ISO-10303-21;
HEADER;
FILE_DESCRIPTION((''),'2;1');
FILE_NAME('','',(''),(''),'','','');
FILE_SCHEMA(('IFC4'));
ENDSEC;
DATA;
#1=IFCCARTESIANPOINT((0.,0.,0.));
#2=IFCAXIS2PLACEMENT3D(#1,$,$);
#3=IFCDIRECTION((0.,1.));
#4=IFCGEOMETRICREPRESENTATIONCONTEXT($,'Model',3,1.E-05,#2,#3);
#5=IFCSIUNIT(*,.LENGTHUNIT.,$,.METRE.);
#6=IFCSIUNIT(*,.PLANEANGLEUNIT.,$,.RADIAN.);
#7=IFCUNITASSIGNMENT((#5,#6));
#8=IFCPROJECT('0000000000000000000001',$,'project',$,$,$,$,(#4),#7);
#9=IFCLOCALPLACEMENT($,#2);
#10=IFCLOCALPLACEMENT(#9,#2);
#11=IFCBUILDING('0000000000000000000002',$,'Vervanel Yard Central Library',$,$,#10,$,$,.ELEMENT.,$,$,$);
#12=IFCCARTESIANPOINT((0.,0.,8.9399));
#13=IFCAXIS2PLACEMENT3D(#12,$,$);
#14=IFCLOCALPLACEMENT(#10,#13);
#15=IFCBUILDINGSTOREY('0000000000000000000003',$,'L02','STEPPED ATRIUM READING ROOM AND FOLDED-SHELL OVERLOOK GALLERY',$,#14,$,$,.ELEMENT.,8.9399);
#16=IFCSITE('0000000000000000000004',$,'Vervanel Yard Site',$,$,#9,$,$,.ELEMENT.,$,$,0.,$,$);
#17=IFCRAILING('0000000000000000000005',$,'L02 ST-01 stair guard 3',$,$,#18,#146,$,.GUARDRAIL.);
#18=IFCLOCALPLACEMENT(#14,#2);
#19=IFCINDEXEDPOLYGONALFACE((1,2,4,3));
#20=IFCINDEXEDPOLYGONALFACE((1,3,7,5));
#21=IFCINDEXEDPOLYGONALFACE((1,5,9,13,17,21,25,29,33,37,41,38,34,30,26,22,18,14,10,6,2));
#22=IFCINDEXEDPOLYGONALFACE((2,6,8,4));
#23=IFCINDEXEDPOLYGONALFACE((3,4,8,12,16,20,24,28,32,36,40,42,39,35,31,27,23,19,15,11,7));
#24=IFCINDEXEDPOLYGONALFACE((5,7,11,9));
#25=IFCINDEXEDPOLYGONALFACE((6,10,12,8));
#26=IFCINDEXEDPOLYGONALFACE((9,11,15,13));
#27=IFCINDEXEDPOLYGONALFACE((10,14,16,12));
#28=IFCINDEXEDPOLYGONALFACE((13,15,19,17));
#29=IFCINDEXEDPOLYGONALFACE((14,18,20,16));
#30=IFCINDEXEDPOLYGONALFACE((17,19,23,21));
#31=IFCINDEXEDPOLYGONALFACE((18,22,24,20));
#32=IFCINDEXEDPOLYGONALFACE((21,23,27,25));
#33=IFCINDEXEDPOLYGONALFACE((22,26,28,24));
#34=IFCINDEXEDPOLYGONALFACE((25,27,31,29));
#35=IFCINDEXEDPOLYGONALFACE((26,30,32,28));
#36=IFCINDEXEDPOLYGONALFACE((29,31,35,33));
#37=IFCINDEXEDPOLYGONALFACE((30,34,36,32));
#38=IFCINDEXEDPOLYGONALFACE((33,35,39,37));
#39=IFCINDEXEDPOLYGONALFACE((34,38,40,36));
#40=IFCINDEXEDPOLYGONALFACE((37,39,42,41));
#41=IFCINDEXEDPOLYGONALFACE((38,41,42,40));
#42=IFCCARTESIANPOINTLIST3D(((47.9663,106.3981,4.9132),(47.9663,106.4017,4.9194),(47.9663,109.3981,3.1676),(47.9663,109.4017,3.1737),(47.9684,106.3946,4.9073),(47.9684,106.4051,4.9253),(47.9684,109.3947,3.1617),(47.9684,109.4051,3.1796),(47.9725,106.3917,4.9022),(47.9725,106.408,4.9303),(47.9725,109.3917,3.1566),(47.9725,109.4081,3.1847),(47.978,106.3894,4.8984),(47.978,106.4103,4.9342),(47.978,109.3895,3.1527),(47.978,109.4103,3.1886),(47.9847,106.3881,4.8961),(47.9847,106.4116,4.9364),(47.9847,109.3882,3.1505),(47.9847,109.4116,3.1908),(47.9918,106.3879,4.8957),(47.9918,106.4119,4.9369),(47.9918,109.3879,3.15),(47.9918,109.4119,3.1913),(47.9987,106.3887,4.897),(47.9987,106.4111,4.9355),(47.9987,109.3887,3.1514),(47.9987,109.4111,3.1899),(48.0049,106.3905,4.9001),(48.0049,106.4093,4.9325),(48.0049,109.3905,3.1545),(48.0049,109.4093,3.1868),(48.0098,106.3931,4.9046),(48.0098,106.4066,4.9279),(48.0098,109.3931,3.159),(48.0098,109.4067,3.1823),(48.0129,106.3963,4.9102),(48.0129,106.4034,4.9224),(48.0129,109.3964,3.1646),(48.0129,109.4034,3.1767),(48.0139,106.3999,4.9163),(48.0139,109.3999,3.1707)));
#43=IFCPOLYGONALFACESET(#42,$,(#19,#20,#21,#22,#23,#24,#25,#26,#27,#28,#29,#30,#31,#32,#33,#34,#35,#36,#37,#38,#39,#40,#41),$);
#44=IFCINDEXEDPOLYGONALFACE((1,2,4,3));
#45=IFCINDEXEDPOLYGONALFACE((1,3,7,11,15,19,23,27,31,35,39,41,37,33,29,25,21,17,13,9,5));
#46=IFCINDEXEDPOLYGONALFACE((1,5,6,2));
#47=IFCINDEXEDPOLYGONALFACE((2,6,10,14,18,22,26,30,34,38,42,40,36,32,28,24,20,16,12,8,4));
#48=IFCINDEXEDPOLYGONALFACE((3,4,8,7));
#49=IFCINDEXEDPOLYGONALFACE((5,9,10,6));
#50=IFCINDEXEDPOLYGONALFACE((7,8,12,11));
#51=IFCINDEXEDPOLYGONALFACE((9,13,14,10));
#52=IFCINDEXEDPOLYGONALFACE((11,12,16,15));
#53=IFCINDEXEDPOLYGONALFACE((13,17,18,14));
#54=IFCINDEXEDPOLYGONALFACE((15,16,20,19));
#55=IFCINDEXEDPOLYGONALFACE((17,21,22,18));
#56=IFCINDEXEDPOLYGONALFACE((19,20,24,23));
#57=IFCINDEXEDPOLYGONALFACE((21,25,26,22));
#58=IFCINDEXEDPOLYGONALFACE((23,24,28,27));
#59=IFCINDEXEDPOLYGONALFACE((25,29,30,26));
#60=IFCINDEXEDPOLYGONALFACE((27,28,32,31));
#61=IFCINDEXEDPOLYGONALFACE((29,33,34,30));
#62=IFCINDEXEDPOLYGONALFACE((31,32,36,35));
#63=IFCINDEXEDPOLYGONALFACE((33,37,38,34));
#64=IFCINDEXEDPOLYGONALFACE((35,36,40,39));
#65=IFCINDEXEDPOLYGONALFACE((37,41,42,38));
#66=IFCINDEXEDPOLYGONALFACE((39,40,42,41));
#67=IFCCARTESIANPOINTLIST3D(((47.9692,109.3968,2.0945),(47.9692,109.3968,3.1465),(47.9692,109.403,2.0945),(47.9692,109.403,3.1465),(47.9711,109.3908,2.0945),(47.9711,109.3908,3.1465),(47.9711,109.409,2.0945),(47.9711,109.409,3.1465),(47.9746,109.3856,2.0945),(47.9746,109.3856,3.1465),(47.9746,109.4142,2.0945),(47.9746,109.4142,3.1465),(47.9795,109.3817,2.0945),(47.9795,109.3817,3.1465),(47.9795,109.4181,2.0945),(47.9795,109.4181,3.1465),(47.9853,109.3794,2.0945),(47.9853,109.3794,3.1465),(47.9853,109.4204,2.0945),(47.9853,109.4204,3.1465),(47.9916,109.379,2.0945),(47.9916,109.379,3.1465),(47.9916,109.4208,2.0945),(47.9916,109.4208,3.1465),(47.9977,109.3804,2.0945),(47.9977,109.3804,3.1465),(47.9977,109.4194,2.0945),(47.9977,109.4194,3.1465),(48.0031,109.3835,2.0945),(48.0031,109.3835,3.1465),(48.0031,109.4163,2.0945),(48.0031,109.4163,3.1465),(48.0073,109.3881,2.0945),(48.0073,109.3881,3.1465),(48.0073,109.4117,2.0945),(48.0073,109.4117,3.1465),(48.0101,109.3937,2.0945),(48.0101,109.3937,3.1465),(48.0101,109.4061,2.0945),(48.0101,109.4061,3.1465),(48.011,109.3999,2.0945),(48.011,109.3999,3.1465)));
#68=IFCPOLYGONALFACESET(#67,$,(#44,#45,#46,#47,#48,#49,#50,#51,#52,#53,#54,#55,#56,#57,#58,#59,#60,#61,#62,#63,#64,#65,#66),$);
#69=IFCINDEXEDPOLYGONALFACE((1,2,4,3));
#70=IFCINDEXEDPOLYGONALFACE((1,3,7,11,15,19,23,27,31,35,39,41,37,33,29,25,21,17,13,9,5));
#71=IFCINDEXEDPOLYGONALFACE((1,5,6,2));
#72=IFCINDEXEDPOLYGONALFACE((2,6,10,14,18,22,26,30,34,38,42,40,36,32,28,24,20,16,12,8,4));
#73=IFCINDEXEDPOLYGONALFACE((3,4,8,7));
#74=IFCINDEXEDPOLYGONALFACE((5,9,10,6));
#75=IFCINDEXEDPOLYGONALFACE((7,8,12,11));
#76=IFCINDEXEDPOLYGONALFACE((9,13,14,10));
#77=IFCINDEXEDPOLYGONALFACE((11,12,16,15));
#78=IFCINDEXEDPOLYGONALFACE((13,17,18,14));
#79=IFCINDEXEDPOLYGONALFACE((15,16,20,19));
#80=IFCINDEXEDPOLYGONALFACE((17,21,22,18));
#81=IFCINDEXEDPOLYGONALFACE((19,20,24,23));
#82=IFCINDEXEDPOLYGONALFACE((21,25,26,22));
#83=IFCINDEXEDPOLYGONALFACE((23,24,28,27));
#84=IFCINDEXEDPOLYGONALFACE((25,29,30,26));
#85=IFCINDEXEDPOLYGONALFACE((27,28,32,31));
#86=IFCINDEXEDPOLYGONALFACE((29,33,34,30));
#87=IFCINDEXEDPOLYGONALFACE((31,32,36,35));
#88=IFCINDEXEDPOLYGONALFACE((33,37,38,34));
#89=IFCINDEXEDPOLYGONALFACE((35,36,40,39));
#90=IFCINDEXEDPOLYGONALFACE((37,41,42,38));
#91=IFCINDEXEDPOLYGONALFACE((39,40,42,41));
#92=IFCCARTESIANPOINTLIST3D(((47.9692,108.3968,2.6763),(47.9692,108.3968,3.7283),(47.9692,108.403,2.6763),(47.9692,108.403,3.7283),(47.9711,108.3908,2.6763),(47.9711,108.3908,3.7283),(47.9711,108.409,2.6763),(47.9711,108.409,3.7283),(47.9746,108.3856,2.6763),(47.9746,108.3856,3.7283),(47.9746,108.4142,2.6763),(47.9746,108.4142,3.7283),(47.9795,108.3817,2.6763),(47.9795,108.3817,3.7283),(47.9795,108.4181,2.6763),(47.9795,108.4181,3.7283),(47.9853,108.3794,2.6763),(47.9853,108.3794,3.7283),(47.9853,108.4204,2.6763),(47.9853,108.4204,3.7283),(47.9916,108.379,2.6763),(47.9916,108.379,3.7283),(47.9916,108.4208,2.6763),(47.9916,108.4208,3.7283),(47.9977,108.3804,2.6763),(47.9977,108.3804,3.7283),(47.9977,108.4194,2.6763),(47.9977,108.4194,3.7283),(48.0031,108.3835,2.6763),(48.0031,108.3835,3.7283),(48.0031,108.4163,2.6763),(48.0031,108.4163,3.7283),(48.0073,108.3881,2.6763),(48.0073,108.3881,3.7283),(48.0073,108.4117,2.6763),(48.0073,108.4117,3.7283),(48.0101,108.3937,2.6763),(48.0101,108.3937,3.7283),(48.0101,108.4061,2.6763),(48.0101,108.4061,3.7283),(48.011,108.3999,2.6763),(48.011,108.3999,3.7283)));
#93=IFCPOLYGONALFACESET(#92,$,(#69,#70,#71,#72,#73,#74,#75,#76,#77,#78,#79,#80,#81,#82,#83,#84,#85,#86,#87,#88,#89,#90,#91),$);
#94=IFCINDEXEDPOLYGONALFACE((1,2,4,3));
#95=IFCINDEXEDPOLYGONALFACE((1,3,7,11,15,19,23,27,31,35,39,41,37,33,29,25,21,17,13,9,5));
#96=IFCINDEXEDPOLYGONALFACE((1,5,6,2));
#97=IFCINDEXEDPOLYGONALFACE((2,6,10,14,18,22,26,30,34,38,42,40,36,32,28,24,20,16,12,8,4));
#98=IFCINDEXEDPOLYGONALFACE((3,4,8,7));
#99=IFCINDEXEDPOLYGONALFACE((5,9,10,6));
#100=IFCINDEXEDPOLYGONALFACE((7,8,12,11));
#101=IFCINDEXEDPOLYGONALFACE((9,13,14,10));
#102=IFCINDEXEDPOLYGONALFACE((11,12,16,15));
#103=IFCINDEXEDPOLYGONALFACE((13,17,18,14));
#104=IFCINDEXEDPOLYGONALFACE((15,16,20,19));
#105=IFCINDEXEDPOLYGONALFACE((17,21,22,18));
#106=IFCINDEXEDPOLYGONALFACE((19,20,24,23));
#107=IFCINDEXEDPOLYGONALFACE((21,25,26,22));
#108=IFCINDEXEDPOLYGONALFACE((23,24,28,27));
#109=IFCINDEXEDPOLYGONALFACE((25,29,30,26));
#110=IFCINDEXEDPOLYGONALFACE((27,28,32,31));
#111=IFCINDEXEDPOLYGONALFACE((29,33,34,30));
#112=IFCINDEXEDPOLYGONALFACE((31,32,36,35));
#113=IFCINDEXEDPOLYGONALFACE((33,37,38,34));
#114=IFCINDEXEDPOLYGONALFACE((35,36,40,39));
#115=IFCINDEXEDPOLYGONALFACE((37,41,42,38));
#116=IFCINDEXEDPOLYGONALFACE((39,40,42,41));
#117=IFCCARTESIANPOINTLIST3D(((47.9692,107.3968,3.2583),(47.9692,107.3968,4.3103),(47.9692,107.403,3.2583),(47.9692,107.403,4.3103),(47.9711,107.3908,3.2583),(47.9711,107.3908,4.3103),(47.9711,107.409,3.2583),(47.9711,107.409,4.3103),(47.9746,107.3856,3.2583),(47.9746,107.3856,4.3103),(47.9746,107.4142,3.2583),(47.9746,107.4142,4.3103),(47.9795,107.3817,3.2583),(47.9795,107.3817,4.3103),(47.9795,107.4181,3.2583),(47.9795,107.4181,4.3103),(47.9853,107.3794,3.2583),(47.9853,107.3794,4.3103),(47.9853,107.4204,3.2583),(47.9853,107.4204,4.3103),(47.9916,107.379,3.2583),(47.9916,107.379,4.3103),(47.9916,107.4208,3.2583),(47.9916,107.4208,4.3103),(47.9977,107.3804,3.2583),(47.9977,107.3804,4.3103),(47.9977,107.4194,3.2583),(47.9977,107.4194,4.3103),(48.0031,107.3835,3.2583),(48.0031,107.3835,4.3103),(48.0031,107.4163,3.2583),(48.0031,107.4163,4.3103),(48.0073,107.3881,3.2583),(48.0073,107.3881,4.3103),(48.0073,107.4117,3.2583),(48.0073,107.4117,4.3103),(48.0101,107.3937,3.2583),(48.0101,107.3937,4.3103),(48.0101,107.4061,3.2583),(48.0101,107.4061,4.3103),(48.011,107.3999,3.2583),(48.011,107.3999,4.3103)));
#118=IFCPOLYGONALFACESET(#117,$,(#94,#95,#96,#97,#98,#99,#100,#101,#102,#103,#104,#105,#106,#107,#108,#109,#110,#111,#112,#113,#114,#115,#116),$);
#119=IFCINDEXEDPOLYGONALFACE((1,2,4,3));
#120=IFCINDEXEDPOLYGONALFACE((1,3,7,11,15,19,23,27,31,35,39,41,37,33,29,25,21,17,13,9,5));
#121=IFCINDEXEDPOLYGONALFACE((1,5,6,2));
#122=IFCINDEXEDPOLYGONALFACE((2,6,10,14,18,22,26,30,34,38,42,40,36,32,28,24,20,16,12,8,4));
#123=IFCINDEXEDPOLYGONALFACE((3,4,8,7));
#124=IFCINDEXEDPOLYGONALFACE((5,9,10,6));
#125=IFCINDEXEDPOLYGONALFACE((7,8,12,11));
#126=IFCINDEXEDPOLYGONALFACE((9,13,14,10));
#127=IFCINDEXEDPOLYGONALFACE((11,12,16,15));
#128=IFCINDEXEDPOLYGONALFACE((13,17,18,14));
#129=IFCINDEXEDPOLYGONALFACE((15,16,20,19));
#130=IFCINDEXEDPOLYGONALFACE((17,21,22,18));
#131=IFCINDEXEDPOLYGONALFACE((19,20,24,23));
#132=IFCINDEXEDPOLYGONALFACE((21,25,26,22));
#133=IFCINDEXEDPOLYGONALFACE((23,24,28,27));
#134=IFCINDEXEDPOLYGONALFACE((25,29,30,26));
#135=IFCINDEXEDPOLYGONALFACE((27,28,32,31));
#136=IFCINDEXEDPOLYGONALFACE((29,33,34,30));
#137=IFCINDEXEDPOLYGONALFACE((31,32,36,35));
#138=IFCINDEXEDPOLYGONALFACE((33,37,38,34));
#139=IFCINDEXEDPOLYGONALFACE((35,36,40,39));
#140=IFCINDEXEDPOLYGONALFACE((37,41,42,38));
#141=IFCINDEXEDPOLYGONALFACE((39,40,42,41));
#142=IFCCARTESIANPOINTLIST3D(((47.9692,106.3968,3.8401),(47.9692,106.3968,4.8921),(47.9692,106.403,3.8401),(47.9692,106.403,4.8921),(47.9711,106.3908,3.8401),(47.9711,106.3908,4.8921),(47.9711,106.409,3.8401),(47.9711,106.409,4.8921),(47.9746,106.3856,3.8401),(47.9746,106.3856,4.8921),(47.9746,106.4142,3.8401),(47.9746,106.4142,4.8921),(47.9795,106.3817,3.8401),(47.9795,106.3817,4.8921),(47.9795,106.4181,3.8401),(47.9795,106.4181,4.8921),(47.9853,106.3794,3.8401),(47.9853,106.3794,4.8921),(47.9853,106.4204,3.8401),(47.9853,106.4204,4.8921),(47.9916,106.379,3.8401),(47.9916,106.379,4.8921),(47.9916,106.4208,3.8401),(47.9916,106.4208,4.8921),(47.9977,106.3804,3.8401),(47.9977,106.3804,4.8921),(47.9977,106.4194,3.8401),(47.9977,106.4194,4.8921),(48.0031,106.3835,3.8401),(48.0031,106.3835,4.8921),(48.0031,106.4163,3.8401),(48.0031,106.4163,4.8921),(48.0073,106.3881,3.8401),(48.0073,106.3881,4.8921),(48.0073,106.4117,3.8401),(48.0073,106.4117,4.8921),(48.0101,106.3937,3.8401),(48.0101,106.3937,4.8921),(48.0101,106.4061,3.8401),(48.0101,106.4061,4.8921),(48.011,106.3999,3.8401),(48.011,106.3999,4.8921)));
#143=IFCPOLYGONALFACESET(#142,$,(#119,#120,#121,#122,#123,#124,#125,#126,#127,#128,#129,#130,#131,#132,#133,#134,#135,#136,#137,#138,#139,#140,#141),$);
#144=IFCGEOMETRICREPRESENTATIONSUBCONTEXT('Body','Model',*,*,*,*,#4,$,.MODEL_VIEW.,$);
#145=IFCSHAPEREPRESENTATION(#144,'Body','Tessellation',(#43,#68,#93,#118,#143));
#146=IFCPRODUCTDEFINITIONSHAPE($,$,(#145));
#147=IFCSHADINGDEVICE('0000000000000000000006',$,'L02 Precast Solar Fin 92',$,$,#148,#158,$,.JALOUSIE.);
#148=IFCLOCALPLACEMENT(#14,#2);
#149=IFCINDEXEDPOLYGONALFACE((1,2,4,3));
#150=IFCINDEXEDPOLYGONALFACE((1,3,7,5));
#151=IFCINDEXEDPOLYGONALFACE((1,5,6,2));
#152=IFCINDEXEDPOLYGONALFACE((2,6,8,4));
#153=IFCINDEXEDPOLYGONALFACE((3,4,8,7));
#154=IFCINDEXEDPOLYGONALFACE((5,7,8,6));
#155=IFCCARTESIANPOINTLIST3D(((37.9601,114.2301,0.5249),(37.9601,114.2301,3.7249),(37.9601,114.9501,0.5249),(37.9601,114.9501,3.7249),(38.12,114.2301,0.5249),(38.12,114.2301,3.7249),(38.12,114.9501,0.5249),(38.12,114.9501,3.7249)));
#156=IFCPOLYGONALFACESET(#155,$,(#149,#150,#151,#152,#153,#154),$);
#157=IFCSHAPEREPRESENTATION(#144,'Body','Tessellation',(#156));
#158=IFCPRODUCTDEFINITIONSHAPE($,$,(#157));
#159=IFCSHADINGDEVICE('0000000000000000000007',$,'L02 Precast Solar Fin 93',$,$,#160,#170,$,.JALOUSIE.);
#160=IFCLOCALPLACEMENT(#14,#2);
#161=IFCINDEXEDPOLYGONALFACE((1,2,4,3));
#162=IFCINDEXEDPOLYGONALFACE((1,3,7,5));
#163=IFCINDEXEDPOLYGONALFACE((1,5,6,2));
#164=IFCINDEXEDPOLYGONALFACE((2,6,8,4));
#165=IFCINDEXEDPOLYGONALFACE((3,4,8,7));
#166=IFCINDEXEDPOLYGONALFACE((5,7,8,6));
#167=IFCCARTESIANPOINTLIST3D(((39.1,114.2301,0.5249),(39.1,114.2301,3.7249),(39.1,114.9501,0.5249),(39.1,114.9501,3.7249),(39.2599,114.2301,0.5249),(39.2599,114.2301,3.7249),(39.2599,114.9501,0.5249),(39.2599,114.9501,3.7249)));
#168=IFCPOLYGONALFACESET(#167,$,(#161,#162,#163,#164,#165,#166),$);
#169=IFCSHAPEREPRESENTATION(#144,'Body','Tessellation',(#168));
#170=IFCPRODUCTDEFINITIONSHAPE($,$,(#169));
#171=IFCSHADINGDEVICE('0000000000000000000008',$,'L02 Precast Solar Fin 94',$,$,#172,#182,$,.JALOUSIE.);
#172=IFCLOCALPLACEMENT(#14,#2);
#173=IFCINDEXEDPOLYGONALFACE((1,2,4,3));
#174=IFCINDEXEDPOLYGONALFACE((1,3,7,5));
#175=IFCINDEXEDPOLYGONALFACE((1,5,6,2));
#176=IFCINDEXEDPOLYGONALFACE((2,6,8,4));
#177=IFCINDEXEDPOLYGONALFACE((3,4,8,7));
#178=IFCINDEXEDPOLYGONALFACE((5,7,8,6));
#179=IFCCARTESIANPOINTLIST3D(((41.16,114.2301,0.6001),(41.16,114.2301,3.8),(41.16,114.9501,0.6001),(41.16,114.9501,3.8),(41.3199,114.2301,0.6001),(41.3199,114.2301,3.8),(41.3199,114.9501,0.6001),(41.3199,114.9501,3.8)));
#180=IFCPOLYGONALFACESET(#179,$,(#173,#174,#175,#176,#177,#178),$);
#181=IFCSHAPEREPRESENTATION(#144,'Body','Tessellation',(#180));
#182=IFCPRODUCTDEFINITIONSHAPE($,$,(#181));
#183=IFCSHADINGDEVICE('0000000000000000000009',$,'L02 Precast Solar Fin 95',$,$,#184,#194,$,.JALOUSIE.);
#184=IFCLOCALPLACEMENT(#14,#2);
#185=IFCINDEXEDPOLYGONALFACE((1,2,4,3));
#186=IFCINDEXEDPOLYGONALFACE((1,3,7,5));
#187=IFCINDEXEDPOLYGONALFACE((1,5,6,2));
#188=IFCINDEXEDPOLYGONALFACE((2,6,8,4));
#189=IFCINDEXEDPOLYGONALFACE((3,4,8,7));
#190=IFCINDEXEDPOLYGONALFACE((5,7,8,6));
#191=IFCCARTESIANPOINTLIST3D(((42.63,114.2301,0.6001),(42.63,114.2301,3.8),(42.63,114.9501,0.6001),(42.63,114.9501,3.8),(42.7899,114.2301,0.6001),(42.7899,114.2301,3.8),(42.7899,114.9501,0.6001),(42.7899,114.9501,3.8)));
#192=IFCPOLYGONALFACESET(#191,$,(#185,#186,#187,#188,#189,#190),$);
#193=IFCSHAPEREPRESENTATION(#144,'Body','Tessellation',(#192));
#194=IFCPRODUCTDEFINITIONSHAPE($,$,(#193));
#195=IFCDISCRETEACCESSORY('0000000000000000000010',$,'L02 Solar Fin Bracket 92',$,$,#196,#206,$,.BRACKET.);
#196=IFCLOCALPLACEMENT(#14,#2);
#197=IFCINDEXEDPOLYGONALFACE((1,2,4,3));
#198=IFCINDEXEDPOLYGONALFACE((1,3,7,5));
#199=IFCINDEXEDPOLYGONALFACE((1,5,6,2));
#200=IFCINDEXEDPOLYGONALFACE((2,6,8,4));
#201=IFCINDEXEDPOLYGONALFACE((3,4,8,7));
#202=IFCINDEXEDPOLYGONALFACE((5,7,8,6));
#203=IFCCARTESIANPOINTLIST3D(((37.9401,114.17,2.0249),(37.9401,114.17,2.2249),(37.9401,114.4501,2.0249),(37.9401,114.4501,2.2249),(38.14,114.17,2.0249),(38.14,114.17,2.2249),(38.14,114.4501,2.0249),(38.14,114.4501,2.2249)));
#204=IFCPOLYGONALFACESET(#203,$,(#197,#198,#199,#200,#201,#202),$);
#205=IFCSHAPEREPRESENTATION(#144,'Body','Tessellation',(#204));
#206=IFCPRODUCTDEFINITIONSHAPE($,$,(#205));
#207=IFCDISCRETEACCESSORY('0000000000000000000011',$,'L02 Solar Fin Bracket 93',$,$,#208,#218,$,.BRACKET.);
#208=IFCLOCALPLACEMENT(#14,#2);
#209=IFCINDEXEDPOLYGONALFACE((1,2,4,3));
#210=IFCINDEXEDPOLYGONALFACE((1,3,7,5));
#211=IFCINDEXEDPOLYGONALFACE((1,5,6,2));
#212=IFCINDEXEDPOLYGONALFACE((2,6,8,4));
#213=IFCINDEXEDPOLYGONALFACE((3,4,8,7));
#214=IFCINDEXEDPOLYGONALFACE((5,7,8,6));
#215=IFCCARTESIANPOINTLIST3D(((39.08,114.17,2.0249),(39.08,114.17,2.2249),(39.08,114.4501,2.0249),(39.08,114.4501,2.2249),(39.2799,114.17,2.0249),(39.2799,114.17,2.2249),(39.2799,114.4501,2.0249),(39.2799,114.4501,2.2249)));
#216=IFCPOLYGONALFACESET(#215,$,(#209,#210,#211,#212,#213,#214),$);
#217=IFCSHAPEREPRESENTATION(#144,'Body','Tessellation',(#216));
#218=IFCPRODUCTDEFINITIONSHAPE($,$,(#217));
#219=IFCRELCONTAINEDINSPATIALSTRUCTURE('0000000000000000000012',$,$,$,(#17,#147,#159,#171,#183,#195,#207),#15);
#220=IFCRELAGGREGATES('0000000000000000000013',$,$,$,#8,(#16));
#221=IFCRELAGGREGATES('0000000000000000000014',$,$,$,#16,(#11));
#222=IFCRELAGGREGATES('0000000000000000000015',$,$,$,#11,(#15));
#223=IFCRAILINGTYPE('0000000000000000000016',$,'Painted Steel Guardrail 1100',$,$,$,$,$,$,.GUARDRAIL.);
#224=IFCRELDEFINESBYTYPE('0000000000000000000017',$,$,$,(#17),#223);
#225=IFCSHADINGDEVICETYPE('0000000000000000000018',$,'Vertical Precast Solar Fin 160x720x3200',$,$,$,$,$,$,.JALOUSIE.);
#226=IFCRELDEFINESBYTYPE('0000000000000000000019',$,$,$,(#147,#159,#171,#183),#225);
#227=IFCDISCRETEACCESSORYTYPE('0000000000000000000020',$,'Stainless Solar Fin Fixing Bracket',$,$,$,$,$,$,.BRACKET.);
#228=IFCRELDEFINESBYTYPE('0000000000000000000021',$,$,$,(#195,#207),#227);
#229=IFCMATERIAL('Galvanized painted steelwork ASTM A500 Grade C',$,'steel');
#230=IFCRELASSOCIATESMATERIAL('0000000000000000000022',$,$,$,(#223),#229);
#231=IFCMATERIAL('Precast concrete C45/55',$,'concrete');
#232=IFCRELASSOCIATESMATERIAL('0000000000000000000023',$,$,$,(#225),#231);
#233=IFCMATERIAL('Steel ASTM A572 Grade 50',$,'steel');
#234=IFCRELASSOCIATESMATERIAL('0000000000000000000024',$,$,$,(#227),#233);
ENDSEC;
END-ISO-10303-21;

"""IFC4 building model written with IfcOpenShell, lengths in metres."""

from ifc_helpers import new_model, si_unit, direction, frame, origin, origin_2d, place, context, subcontext, project, spatial, rectangle, circle, extrude, material, type_object, element, save


model = new_model("IFC4")

# Units and contexts
model_context = context("Model", 3, precision=1e-05, world=origin(), true_north=direction((0.0, 1.0)))
body_context = subcontext(model_context, "Body", "Model", "MODEL_VIEW")
ifc_project = project(units=[si_unit("LENGTHUNIT", "METRE"), si_unit("PLANEANGLEUNIT", "RADIAN")], contexts=[model_context])

# Site, building, storey
site_placement = place(None, origin())
site = spatial("IfcSite", under=ifc_project, at=site_placement, Name="Vervanel Yard Site", CompositionType="ELEMENT", RefElevation=0.0)
building_placement = place(site_placement, origin())
building = spatial("IfcBuilding", under=site, at=building_placement, Name="Vervanel Yard Central Library", CompositionType="ELEMENT")
storey_placement = place(building_placement, frame((0.0, 0.0, 8.9399)))
storey = spatial("IfcBuildingStorey", under=building, at=storey_placement, Name="L02", Description="STEPPED ATRIUM READING ROOM AND FOLDED-SHELL OVERLOOK GALLERY", CompositionType="ELEMENT", Elevation=8.9399)

# Shared definitions
ifc_material_1 = material(Name="Steel ASTM A572 Grade 50", Category="steel")

# Shared definitions
ifc_material_2 = material(Name="Precast concrete C45/55", Category="concrete")

# Railing
ifc_material_3 = material(Name="Galvanized painted steelwork ASTM A500 Grade C", Category="steel")
railing_type_1 = type_object("IfcRailingType", Name="Painted Steel Guardrail 1100", PredefinedType="GUARDRAIL", material=ifc_material_3)
railing_1_placement = place(storey_placement, frame((47.99, 109.3999, 2.0945)))
element("IfcRailing", 1, at=railing_1_placement, inside=storey, type_object=railing_type_1, Name="L02 ST-01 stair guard 3", PredefinedType="GUARDRAIL", context=body_context, shape_type="SweptSolid", body=[
    extrude(circle(Radius=0.0239, at=origin_2d()), frame((0.0, 0.0, 1.0762), z_axis=(0.0, -0.864329, 0.502926), x_axis=(1.0, 0.0, 0.0)), (0.0, 0.0, 1.0), 3.4709),
    extrude(circle(Radius=0.021, at=origin_2d()), origin(), (0.0, 0.0, 1.0), 1.052),
    extrude(circle(Radius=0.021, at=origin_2d()), frame((0.0, -1.0, 0.5818)), (0.0, 0.0, 1.0), 1.052),
    extrude(circle(Radius=0.021, at=origin_2d()), frame((0.0, -2.0, 1.1638)), (0.0, 0.0, 1.0), 1.052),
    extrude(circle(Radius=0.021, at=origin_2d()), frame((0.0, -3.0, 1.7456)), (0.0, 0.0, 1.0), 1.052),
])

# Shading devices
shading_device_type = type_object("IfcShadingDeviceType", Name="Vertical Precast Solar Fin 160x720x3200", PredefinedType="JALOUSIE", material=ifc_material_2)
for number, where, z_axis, x_axis, name in (
    (2, (38.04, 114.5901, 0.5249), (0.0, 0.0, 1.0), (1.0, 0.0, 0.0), "L02 Precast Solar Fin 92"),
    (3, (39.1799, 114.5901, 0.5249), (0.0, 0.0, 1.0), (1.0, 0.0, 0.0), "L02 Precast Solar Fin 93"),
    (4, (41.24, 114.5901, 0.6001), (0.0, 0.0, 1.0), (1.0, 0.0, 0.0), "L02 Precast Solar Fin 94"),
    (5, (42.71, 114.5901, 0.6001), (0.0, 0.0, 1.0), (1.0, 0.0, 0.0), "L02 Precast Solar Fin 95"),
):
    element("IfcShadingDevice", number, at=place(storey_placement, frame(where, z_axis=z_axis, x_axis=x_axis)), inside=storey, type_object=shading_device_type, Name=name, PredefinedType="JALOUSIE", context=body_context, shape_type="SweptSolid", body=[
        extrude(rectangle(XDim=0.1599, YDim=0.72, at=origin_2d()), origin(), (0.0, 0.0, 1.0), 3.2),
    ])

# Discrete accessories
discrete_accessory_type = type_object("IfcDiscreteAccessoryType", Name="Stainless Solar Fin Fixing Bracket", PredefinedType="BRACKET", material=ifc_material_1)
for number, where, z_axis, x_axis, name in (
    (6, (38.04, 114.3101, 2.0249), (0.0, 0.0, 1.0), (1.0, 0.0, 0.0), "L02 Solar Fin Bracket 92"),
    (7, (39.1799, 114.3101, 2.0249), (0.0, 0.0, 1.0), (1.0, 0.0, 0.0), "L02 Solar Fin Bracket 93"),
):
    element("IfcDiscreteAccessory", number, at=place(storey_placement, frame(where, z_axis=z_axis, x_axis=x_axis)), inside=storey, type_object=discrete_accessory_type, Name=name, PredefinedType="BRACKET", context=body_context, shape_type="SweptSolid", body=[
        extrude(rectangle(XDim=0.2, YDim=0.28, at=origin_2d()), origin(), (0.0, 0.0, 1.0), 0.2),
    ])

save(model, "model.ifc")
